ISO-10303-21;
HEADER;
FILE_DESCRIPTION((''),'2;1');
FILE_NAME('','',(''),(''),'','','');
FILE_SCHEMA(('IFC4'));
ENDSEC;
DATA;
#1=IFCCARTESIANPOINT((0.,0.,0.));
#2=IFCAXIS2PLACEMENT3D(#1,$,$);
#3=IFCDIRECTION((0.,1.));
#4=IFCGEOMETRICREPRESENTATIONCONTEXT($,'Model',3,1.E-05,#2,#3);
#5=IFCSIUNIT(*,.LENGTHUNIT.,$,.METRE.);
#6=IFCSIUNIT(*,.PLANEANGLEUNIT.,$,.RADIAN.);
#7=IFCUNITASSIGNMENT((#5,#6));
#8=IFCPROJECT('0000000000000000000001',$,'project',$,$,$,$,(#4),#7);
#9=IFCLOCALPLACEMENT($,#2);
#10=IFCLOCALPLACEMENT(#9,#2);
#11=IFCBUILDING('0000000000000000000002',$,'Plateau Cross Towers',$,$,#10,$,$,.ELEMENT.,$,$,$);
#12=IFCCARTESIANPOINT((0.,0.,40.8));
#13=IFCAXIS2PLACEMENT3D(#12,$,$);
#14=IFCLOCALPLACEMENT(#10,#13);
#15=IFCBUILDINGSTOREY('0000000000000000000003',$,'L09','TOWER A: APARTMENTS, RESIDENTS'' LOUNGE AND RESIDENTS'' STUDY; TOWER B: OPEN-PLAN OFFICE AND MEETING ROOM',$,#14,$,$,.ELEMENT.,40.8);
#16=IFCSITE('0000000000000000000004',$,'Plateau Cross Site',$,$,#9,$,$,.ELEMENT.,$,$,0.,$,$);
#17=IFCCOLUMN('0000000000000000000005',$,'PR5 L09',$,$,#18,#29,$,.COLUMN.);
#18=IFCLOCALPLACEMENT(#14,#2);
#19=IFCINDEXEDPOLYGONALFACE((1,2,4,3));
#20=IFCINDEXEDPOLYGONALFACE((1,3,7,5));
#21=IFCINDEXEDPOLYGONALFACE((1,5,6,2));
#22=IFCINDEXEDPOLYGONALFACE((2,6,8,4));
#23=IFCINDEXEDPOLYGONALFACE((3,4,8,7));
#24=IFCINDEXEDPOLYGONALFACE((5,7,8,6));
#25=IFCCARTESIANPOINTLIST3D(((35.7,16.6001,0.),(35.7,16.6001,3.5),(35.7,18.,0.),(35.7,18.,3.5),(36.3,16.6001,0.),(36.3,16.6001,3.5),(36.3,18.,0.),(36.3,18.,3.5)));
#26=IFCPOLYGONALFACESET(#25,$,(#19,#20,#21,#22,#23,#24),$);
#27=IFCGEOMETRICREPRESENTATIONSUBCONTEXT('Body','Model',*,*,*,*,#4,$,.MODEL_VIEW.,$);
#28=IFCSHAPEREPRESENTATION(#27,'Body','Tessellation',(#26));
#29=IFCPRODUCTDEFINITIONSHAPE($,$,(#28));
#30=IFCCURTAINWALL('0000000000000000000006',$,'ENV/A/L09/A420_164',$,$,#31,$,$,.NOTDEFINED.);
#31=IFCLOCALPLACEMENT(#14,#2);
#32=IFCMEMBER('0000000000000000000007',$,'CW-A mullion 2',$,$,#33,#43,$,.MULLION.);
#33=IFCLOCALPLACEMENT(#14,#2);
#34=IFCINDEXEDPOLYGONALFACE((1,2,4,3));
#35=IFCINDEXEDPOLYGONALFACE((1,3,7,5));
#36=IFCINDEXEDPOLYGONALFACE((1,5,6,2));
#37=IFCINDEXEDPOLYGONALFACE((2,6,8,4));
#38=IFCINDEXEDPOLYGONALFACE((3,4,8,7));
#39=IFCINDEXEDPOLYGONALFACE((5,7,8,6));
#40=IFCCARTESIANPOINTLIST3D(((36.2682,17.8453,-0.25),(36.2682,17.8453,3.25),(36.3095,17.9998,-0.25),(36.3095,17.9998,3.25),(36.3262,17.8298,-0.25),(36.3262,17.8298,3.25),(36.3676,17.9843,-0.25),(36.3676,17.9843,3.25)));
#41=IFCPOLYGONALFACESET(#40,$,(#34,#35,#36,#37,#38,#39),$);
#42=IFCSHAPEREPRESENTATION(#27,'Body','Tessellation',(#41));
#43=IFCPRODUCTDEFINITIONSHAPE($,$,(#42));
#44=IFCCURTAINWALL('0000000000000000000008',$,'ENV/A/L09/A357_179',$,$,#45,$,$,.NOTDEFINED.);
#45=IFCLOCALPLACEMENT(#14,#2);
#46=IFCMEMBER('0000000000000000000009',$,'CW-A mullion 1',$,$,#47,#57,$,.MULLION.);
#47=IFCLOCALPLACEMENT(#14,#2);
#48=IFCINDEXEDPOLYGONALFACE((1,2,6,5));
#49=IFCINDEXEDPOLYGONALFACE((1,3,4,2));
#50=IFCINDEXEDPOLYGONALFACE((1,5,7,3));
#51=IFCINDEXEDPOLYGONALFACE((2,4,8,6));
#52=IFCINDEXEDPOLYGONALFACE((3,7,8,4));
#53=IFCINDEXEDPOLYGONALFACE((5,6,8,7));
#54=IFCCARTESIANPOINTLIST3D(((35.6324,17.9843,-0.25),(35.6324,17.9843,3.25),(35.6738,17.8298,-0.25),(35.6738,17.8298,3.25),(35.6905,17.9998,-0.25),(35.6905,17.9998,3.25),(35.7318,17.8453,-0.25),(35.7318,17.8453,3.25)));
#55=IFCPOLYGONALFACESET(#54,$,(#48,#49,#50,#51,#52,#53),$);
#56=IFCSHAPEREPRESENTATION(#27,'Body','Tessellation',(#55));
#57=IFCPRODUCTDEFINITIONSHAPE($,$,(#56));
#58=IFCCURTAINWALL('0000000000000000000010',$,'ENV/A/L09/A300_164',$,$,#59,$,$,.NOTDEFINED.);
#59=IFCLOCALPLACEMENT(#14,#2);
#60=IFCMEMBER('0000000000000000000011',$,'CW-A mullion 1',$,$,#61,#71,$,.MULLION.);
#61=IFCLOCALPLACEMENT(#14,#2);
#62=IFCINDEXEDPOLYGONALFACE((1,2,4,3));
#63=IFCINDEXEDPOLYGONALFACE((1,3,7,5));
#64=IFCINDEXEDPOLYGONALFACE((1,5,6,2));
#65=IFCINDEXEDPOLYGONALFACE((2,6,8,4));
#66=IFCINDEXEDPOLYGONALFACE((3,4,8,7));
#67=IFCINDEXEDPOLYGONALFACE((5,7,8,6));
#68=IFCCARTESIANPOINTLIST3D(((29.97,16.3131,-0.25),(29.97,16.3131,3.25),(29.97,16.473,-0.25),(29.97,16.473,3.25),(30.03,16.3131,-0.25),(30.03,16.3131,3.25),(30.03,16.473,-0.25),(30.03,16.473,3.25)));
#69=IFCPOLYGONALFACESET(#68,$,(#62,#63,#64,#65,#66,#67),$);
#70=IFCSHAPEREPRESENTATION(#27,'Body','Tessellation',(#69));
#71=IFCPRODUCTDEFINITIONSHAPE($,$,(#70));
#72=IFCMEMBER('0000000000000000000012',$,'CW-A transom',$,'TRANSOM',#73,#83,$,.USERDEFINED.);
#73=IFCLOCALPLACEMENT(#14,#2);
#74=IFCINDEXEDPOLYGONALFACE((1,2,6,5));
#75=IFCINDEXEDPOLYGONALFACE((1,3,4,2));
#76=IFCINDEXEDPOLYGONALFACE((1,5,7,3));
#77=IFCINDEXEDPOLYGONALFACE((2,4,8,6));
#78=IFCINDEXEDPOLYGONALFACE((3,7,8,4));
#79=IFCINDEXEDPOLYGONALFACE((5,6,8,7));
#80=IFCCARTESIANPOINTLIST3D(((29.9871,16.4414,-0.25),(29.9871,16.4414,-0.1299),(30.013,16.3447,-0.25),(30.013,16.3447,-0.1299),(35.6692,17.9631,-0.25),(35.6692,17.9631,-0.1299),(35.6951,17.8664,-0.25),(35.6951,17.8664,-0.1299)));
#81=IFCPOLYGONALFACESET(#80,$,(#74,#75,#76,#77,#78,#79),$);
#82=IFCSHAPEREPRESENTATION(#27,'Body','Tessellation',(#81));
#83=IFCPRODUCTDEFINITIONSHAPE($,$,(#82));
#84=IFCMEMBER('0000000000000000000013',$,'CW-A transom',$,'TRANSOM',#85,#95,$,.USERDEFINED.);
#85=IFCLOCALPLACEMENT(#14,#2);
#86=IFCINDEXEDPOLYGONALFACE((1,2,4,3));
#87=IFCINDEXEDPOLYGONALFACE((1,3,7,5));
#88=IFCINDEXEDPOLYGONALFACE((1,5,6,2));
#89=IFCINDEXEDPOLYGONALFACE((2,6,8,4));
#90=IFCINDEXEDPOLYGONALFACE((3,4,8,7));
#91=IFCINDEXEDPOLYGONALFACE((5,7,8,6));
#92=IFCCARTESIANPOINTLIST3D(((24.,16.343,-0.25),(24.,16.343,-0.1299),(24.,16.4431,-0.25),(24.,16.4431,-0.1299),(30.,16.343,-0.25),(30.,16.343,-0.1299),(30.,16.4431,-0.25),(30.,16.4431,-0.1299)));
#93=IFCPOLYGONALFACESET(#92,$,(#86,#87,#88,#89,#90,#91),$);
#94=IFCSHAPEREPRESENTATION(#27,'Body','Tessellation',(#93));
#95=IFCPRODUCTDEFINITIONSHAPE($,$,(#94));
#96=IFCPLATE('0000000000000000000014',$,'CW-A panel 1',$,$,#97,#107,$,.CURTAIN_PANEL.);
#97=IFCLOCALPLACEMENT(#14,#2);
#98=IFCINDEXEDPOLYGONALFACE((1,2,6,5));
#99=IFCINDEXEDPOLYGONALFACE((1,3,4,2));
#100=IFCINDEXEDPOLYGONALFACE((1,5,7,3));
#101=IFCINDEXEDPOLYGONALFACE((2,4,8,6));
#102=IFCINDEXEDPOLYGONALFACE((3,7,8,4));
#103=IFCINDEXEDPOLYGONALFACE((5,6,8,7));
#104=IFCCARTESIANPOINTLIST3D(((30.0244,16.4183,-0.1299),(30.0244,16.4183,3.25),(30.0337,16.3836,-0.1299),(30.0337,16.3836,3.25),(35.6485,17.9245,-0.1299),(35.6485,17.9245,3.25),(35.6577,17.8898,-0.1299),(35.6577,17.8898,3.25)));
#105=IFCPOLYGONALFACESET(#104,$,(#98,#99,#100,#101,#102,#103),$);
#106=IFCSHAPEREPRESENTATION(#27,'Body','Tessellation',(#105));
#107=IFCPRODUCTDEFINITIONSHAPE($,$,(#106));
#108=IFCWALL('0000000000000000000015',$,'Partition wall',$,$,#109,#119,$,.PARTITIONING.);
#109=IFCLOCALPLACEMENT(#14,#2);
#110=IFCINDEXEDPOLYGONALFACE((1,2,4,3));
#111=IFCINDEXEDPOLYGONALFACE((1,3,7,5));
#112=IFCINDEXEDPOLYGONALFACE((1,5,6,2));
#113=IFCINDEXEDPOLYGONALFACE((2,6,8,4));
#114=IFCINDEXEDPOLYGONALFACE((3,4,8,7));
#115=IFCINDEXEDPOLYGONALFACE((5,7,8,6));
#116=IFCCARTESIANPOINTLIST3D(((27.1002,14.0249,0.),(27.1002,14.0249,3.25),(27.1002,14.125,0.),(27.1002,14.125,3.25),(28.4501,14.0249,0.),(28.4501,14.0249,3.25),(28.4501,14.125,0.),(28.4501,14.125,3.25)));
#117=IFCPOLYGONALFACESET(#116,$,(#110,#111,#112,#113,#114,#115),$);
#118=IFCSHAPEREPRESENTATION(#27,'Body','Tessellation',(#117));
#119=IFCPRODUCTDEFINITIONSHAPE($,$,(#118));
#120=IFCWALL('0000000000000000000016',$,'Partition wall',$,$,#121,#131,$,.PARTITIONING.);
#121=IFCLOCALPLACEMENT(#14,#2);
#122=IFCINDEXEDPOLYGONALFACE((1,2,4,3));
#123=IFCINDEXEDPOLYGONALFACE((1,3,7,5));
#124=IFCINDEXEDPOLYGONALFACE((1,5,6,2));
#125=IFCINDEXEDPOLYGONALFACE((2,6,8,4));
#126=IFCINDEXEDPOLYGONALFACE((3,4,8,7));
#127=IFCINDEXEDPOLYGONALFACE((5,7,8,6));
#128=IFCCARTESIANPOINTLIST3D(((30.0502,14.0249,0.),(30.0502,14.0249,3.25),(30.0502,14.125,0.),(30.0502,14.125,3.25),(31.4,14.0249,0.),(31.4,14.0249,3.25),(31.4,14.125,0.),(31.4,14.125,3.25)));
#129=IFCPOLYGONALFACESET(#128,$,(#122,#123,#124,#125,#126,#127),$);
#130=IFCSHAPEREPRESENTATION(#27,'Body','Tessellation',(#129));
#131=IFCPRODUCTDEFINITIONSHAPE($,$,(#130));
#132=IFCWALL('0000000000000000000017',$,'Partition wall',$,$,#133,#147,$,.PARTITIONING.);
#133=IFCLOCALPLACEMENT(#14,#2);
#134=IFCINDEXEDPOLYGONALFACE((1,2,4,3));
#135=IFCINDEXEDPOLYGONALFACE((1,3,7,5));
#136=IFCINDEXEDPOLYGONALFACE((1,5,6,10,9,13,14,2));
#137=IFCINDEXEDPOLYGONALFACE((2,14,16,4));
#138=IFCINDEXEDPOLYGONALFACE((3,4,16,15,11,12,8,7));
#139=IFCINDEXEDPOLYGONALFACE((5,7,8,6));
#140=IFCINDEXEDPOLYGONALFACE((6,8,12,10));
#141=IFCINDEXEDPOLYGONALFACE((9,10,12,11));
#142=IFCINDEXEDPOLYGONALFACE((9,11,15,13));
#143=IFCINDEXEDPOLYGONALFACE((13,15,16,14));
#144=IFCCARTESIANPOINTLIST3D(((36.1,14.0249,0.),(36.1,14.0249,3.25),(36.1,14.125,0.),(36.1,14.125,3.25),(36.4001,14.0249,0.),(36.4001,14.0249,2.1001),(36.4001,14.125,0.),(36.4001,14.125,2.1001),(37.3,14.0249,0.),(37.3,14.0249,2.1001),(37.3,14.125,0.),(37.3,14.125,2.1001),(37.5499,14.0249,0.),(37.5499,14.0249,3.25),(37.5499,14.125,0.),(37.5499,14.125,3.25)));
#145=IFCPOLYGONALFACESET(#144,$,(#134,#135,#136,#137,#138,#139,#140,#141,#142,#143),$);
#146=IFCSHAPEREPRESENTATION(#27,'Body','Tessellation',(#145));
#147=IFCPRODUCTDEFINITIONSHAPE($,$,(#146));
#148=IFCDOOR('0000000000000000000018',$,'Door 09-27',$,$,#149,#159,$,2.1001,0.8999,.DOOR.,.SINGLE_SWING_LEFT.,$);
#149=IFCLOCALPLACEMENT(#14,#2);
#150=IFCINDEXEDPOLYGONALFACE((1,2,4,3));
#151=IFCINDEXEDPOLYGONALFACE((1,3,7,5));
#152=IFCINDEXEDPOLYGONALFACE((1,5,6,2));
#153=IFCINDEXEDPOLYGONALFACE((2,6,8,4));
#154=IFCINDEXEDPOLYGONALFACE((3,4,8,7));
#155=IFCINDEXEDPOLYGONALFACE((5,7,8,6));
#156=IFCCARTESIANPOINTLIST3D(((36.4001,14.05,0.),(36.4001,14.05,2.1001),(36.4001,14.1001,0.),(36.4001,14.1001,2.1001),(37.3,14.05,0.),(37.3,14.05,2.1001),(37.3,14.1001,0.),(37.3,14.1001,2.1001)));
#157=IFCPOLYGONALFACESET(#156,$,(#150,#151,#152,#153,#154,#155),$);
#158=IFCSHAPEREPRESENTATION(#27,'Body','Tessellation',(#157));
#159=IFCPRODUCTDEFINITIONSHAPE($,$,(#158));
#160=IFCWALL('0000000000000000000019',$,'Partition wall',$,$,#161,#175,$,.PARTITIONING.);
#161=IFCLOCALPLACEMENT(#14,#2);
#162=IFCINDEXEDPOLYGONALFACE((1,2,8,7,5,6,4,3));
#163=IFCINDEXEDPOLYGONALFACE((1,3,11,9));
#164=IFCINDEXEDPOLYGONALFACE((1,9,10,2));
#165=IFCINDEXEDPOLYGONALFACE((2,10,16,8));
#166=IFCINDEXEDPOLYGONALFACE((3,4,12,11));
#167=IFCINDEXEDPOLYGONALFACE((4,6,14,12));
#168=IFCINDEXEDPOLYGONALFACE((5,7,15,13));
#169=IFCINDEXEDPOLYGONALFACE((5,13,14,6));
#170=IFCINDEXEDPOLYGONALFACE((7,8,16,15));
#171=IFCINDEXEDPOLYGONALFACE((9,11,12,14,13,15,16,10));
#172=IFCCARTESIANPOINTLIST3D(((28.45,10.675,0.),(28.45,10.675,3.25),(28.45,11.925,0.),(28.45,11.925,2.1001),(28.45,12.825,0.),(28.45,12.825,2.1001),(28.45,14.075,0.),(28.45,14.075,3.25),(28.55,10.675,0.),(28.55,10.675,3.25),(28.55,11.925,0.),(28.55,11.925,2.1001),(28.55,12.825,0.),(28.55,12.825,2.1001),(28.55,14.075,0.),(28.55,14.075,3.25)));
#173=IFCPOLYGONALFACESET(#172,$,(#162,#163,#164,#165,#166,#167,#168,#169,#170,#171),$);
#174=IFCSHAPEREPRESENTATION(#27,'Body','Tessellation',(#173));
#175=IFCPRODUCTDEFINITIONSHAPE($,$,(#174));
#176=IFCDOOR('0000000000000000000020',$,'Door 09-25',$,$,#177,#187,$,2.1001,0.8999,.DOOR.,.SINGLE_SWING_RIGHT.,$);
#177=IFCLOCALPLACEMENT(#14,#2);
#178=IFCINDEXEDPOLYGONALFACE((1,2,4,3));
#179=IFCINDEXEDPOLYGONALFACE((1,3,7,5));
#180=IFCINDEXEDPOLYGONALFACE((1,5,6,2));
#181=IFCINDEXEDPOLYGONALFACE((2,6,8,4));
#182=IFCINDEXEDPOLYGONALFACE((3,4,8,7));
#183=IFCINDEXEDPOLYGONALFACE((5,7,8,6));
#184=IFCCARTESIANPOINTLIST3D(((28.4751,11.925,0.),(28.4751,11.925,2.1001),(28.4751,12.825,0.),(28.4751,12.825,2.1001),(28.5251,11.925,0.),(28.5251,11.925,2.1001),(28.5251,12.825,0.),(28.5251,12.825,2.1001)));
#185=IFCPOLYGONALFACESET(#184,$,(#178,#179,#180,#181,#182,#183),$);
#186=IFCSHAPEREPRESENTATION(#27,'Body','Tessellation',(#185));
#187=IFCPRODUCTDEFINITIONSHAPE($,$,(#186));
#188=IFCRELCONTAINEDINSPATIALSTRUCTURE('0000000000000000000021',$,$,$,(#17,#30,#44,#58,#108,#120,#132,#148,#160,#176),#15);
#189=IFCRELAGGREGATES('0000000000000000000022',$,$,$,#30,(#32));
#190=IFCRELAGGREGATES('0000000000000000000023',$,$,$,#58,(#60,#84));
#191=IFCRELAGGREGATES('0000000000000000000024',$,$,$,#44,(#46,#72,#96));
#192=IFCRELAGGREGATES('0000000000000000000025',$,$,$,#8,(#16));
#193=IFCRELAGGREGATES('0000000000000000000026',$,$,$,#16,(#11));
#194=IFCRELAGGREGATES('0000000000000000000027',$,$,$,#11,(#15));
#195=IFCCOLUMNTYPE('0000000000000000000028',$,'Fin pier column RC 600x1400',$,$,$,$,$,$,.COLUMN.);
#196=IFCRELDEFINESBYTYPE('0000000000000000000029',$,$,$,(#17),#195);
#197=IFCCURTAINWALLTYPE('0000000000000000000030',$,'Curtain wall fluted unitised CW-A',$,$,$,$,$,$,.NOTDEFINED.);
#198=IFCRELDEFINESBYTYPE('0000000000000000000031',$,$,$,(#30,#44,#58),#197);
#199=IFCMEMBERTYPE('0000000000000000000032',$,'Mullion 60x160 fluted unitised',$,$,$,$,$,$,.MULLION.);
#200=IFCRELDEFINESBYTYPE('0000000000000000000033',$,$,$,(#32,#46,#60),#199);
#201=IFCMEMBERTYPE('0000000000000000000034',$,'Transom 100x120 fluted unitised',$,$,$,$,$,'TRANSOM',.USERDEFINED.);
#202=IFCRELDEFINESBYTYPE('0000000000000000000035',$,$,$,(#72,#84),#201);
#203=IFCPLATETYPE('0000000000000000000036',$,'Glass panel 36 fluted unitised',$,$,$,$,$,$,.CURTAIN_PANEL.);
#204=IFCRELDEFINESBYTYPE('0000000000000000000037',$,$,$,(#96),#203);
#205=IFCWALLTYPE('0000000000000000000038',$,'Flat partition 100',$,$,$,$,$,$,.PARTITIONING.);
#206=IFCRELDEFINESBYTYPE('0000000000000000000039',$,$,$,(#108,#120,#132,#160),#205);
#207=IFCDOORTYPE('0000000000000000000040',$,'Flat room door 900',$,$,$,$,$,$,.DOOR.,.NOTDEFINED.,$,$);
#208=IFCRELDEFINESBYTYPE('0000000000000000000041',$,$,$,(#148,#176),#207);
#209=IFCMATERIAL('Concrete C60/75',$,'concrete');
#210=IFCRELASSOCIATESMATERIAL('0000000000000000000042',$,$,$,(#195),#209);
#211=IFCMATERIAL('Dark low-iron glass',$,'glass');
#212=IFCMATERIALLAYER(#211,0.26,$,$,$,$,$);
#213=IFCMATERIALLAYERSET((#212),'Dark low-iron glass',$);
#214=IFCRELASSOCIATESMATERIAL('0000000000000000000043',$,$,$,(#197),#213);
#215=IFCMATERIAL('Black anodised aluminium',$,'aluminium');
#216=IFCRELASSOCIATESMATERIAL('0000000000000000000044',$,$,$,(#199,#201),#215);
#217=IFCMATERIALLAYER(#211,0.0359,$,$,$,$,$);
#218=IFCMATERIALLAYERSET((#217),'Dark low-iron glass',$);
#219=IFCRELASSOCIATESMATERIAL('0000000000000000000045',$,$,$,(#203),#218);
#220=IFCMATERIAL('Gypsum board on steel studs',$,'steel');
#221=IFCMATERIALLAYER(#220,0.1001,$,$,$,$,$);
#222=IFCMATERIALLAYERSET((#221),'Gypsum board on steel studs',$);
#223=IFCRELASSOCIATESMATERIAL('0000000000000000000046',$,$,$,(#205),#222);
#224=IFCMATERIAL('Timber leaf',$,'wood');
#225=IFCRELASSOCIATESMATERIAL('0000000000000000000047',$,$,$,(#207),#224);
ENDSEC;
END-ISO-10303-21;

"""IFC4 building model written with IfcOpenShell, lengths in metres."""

from ifc_helpers import new_model, si_unit, direction, frame, frame_2d, origin, origin_2d, place, context, subcontext, project, spatial, rectangle, extrude, material, layer, layer_set, material_profile, profile_set, type_object, element, fill, aggregate, save


model = new_model("IFC4")

# Units and contexts
model_context = context("Model", 3, precision=1e-05, world=origin(), true_north=direction((0.0, 1.0)))
body_context = subcontext(model_context, "Body", "Model", "MODEL_VIEW")
ifc_project = project(units=[si_unit("LENGTHUNIT", "METRE"), si_unit("PLANEANGLEUNIT", "RADIAN")], contexts=[model_context])

# Site, building, storey
site_placement = place(None, origin())
site = spatial("IfcSite", under=ifc_project, at=site_placement, Name="Plateau Cross Site", CompositionType="ELEMENT", RefElevation=0.0)
building_placement = place(site_placement, origin())
building = spatial("IfcBuilding", under=site, at=building_placement, Name="Plateau Cross Towers", CompositionType="ELEMENT")
storey_placement = place(building_placement, frame((0.0, 0.0, 40.8)))
storey = spatial("IfcBuildingStorey", under=building, at=storey_placement, Name="L09", Description="TOWER A: APARTMENTS, RESIDENTS' LOUNGE AND RESIDENTS' STUDY; TOWER B: OPEN-PLAN OFFICE AND MEETING ROOM", CompositionType="ELEMENT", Elevation=40.8)

# Column
ifc_material_1 = material(Name="Concrete C60/75", Category="concrete")
ifc_material_profile_1 = material_profile(ifc_material_1, rectangle(XDim=0.6001, YDim=1.3999, at=origin_2d()), Name="RC 600x1400")
ifc_profile_set_1 = profile_set([ifc_material_profile_1], Name="Concrete C60/75")
column_type = type_object("IfcColumnType", Name="Fin pier column RC 600x1400", PredefinedType="COLUMN", material=ifc_profile_set_1)
column_placement = place(storey_placement, frame((36.0, 17.3, 0.0), z_axis=(0.0, 0.0, 1.0), x_axis=(1.0, 0.0, 0.0)))
element("IfcColumn", 1, at=column_placement, inside=storey, type_object=column_type, Name="PR5 L09", PredefinedType="COLUMN", context=body_context, shape_type="SweptSolid", body=[
    extrude(rectangle(XDim=0.6001, YDim=1.3999, at=origin_2d()), origin(), (0.0, 0.0, 1.0), 3.5),
])

# Curtain walls, members
ifc_material_2 = material(Name="Dark low-iron glass", Category="glass")
ifc_layer_1 = layer(ifc_material_2, 0.26)
ifc_layer_set_1 = layer_set([ifc_layer_1], Name="Dark low-iron glass")
curtain_wall_type = type_object("IfcCurtainWallType", Name="Curtain wall fluted unitised CW-A", PredefinedType="NOTDEFINED", material=ifc_layer_set_1)
curtain_wall_1_placement = place(storey_placement, origin())
curtain_wall_1 = element("IfcCurtainWall", 2, at=curtain_wall_1_placement, inside=storey, type_object=curtain_wall_type, Name="ENV/A/L09/A420_164", PredefinedType="NOTDEFINED")
ifc_material_3 = material(Name="Black anodised aluminium", Category="aluminium")
ifc_material_profile_2 = material_profile(ifc_material_3, rectangle(XDim=0.0601, YDim=0.1599, at=origin_2d()), Name="MULLION 60x160")
ifc_profile_set_2 = profile_set([ifc_material_profile_2], Name="Black anodised aluminium")
member_type_1 = type_object("IfcMemberType", Name="Mullion 60x160 fluted unitised", PredefinedType="MULLION", material=ifc_profile_set_2)
member_1_placement = place(storey_placement, frame((36.3179, 17.9148, -0.25), z_axis=(0.0, 0.0, 1.0), x_axis=(-0.965958, 0.258699, 0.0)))
member_1 = element("IfcMember", 3, at=member_1_placement, type_object=member_type_1, Name="CW-A mullion 2", PredefinedType="MULLION", context=body_context, shape_type="SweptSolid", body=[
    extrude(rectangle(XDim=0.0601, YDim=0.1599, at=origin_2d()), origin(), (0.0, 0.0, 1.0), 3.5),
])
aggregate(curtain_wall_1, [member_1])
curtain_wall_2_placement = place(storey_placement, origin())
curtain_wall_2 = element("IfcCurtainWall", 4, at=curtain_wall_2_placement, inside=storey, type_object=curtain_wall_type, Name="ENV/A/L09/A357_179", PredefinedType="NOTDEFINED")
member_2_placement = place(storey_placement, frame((35.6821, 17.9148, -0.25), z_axis=(0.0, 0.0, 1.0), x_axis=(-0.965958, -0.258699, 0.0)))
member_2 = element("IfcMember", 5, at=member_2_placement, type_object=member_type_1, Name="CW-A mullion 1", PredefinedType="MULLION", context=body_context, shape_type="SweptSolid", body=[
    extrude(rectangle(XDim=0.0601, YDim=0.1599, at=origin_2d()), origin(), (0.0, 0.0, 1.0), 3.5),
])
curtain_wall_3_placement = place(storey_placement, origin())
curtain_wall_3 = element("IfcCurtainWall", 6, at=curtain_wall_3_placement, inside=storey, type_object=curtain_wall_type, Name="ENV/A/L09/A300_164", PredefinedType="NOTDEFINED")
member_3_placement = place(storey_placement, frame((30.0, 16.3931, -0.25), z_axis=(0.0, 0.0, 1.0), x_axis=(-1.0, 0.0, 0.0)))
member_3 = element("IfcMember", 7, at=member_3_placement, type_object=member_type_1, Name="CW-A mullion 1", PredefinedType="MULLION", context=body_context, shape_type="SweptSolid", body=[
    extrude(rectangle(XDim=0.0601, YDim=0.1599, at=origin_2d()), origin(), (0.0, 0.0, 1.0), 3.5),
])

# Members
ifc_material_profile_3 = material_profile(ifc_material_3, rectangle(XDim=0.1001, YDim=0.1201, at=origin_2d()), Name="TRANSOM 100x120")
ifc_profile_set_3 = profile_set([ifc_material_profile_3], Name="Black anodised aluminium")
member_type_2 = type_object("IfcMemberType", Name="Transom 100x120 fluted unitised", ElementType="TRANSOM", PredefinedType="USERDEFINED", material=ifc_profile_set_3)
member_4_placement = place(storey_placement, frame((35.6821, 17.9148, -0.1899), z_axis=(-0.96596, -0.258693, 0.0), x_axis=(0.258693, -0.96596, 0.0)))
member_4 = element("IfcMember", 8, at=member_4_placement, type_object=member_type_2, Name="CW-A transom", ObjectType="TRANSOM", PredefinedType="USERDEFINED", context=body_context, shape_type="SweptSolid", body=[
    extrude(rectangle(XDim=0.1001, YDim=0.1201, at=origin_2d()), origin(), (0.0, 0.0, 1.0), 5.8823),
])
member_5_placement = place(storey_placement, frame((30.0, 16.3931, -0.1899), z_axis=(-1.0, 0.0, 0.0), x_axis=(0.0, -1.0, 0.0)))
member_5 = element("IfcMember", 9, at=member_5_placement, type_object=member_type_2, Name="CW-A transom", ObjectType="TRANSOM", PredefinedType="USERDEFINED", context=body_context, shape_type="SweptSolid", body=[
    extrude(rectangle(XDim=0.1001, YDim=0.1201, at=origin_2d()), origin(), (0.0, 0.0, 1.0), 6.0),
])
aggregate(curtain_wall_3, [member_3, member_5])

# Plate
ifc_layer_2 = layer(ifc_material_2, 0.0359)
ifc_layer_set_2 = layer_set([ifc_layer_2], Name="Dark low-iron glass")
plate_type = type_object("IfcPlateType", Name="Glass panel 36 fluted unitised", PredefinedType="CURTAIN_PANEL", material=ifc_layer_set_2)
plate_placement = place(storey_placement, frame((32.8411, 17.1541, -0.1299), z_axis=(0.0, 0.0, 1.0), x_axis=(-0.965958, -0.258699, 0.0)))
plate = element("IfcPlate", 10, at=plate_placement, type_object=plate_type, Name="CW-A panel 1", PredefinedType="CURTAIN_PANEL", context=body_context, shape_type="SweptSolid", body=[
    extrude(rectangle(XDim=5.8223, YDim=0.0359, at=origin_2d()), origin(), (0.0, 0.0, 1.0), 3.3799),
])
aggregate(curtain_wall_2, [member_2, member_4, plate])

# Walls
ifc_material_4 = material(Name="Gypsum board on steel studs", Category="steel")
ifc_layer_3 = layer(ifc_material_4, 0.1001)
ifc_layer_set_3 = layer_set([ifc_layer_3], Name="Gypsum board on steel studs")
wall_type_1 = type_object("IfcWallType", Name="Flat partition 100", PredefinedType="PARTITIONING", material=ifc_layer_set_3)
for number, where, z_axis, x_axis, name in (
    (11, (28.45, 14.075, 0.0), (0.0, 0.0, 1.0), (-1.0, 0.0, 0.0), "Partition wall"),
    (12, (31.3999, 14.075, 0.0), (0.0, 0.0, 1.0), (-1.0, 0.0, 0.0), "Partition wall"),
):
    element("IfcWall", number, at=place(storey_placement, frame(where, z_axis=z_axis, x_axis=x_axis)), inside=storey, type_object=wall_type_1, Name=name, PredefinedType="PARTITIONING", context=body_context, shape_type="SweptSolid", body=[
        extrude(rectangle(XDim=1.3499, YDim=0.1001, at=frame_2d((0.6748, 0.0))), origin(), (0.0, 0.0, 1.0), 3.25),
    ])

# Walls, openings, doors
wall_1_placement = place(storey_placement, frame((37.55, 14.075, 0.0), z_axis=(0.0, 0.0, 1.0), x_axis=(-1.0, 0.0, 0.0)))
wall_1 = element("IfcWall", 13, at=wall_1_placement, inside=storey, type_object=wall_type_1, Name="Partition wall", PredefinedType="PARTITIONING", context=body_context, shape_type="SweptSolid", body=[
    extrude(rectangle(XDim=1.45, YDim=0.1001, at=frame_2d((0.7251, 0.0))), origin(), (0.0, 0.0, 1.0), 3.25),
])
opening_1_placement = place(wall_1_placement, frame((0.25, 0.0, 0.0)))
opening_1 = element("IfcOpeningElement", 14, at=opening_1_placement, cuts=wall_1, PredefinedType="OPENING", context=body_context, shape_type="SweptSolid", body=[
    extrude(rectangle(XDim=0.8999, YDim=2.1001, at=frame_2d((0.45, 1.05))), frame((0.0, 0.0601, 0.0), z_axis=(0.0, -1.0, 0.0), x_axis=(1.0, 0.0, 0.0)), (0.0, 0.0, 1.0), 0.1201),
])
ifc_material_5 = material(Name="Timber leaf", Category="wood")
door_type = type_object("IfcDoorType", Name="Flat room door 900", OperationType="NOTDEFINED", PredefinedType="DOOR", material=ifc_material_5)
door_1_placement = place(opening_1_placement, origin())
door_1 = element("IfcDoor", 15, at=door_1_placement, inside=storey, type_object=door_type, Name="Door 09-27", OperationType="SINGLE_SWING_LEFT", OverallHeight=2.1001, OverallWidth=0.8999, PredefinedType="DOOR", context=body_context, shape_type="SweptSolid", body=[
    extrude(rectangle(XDim=0.8999, YDim=2.1001, at=frame_2d((0.45, 1.05))), frame((0.0, 0.0249, 0.0), z_axis=(0.0, -1.0, 0.0), x_axis=(1.0, 0.0, 0.0)), (0.0, 0.0, 1.0), 0.05),
])
fill(opening_1, door_1)
wall_2_placement = place(storey_placement, frame((28.5, 10.675, 0.0), z_axis=(0.0, 0.0, 1.0), x_axis=(0.0, 1.0, 0.0)))
wall_2 = element("IfcWall", 16, at=wall_2_placement, inside=storey, type_object=wall_type_1, Name="Partition wall", PredefinedType="PARTITIONING", context=body_context, shape_type="SweptSolid", body=[
    extrude(rectangle(XDim=3.3999, YDim=0.1001, at=frame_2d((1.7, 0.0))), origin(), (0.0, 0.0, 1.0), 3.25),
])
opening_2_placement = place(wall_2_placement, frame((1.25, 0.0, 0.0)))
opening_2 = element("IfcOpeningElement", 17, at=opening_2_placement, cuts=wall_2, PredefinedType="OPENING", context=body_context, shape_type="SweptSolid", body=[
    extrude(rectangle(XDim=0.8999, YDim=2.1001, at=frame_2d((0.45, 1.05))), frame((0.0, 0.0601, 0.0), z_axis=(0.0, -1.0, 0.0), x_axis=(1.0, 0.0, 0.0)), (0.0, 0.0, 1.0), 0.1201),
])
door_2_placement = place(opening_2_placement, origin())
door_2 = element("IfcDoor", 18, at=door_2_placement, inside=storey, type_object=door_type, Name="Door 09-25", OperationType="SINGLE_SWING_RIGHT", OverallHeight=2.1001, OverallWidth=0.8999, PredefinedType="DOOR", context=body_context, shape_type="SweptSolid", body=[
    extrude(rectangle(XDim=0.8999, YDim=2.1001, at=frame_2d((0.45, 1.05))), frame((0.0, 0.0249, 0.0), z_axis=(0.0, -1.0, 0.0), x_axis=(1.0, 0.0, 0.0)), (0.0, 0.0, 1.0), 0.05),
])
fill(opening_2, door_2)

save(model, "model.ifc")
